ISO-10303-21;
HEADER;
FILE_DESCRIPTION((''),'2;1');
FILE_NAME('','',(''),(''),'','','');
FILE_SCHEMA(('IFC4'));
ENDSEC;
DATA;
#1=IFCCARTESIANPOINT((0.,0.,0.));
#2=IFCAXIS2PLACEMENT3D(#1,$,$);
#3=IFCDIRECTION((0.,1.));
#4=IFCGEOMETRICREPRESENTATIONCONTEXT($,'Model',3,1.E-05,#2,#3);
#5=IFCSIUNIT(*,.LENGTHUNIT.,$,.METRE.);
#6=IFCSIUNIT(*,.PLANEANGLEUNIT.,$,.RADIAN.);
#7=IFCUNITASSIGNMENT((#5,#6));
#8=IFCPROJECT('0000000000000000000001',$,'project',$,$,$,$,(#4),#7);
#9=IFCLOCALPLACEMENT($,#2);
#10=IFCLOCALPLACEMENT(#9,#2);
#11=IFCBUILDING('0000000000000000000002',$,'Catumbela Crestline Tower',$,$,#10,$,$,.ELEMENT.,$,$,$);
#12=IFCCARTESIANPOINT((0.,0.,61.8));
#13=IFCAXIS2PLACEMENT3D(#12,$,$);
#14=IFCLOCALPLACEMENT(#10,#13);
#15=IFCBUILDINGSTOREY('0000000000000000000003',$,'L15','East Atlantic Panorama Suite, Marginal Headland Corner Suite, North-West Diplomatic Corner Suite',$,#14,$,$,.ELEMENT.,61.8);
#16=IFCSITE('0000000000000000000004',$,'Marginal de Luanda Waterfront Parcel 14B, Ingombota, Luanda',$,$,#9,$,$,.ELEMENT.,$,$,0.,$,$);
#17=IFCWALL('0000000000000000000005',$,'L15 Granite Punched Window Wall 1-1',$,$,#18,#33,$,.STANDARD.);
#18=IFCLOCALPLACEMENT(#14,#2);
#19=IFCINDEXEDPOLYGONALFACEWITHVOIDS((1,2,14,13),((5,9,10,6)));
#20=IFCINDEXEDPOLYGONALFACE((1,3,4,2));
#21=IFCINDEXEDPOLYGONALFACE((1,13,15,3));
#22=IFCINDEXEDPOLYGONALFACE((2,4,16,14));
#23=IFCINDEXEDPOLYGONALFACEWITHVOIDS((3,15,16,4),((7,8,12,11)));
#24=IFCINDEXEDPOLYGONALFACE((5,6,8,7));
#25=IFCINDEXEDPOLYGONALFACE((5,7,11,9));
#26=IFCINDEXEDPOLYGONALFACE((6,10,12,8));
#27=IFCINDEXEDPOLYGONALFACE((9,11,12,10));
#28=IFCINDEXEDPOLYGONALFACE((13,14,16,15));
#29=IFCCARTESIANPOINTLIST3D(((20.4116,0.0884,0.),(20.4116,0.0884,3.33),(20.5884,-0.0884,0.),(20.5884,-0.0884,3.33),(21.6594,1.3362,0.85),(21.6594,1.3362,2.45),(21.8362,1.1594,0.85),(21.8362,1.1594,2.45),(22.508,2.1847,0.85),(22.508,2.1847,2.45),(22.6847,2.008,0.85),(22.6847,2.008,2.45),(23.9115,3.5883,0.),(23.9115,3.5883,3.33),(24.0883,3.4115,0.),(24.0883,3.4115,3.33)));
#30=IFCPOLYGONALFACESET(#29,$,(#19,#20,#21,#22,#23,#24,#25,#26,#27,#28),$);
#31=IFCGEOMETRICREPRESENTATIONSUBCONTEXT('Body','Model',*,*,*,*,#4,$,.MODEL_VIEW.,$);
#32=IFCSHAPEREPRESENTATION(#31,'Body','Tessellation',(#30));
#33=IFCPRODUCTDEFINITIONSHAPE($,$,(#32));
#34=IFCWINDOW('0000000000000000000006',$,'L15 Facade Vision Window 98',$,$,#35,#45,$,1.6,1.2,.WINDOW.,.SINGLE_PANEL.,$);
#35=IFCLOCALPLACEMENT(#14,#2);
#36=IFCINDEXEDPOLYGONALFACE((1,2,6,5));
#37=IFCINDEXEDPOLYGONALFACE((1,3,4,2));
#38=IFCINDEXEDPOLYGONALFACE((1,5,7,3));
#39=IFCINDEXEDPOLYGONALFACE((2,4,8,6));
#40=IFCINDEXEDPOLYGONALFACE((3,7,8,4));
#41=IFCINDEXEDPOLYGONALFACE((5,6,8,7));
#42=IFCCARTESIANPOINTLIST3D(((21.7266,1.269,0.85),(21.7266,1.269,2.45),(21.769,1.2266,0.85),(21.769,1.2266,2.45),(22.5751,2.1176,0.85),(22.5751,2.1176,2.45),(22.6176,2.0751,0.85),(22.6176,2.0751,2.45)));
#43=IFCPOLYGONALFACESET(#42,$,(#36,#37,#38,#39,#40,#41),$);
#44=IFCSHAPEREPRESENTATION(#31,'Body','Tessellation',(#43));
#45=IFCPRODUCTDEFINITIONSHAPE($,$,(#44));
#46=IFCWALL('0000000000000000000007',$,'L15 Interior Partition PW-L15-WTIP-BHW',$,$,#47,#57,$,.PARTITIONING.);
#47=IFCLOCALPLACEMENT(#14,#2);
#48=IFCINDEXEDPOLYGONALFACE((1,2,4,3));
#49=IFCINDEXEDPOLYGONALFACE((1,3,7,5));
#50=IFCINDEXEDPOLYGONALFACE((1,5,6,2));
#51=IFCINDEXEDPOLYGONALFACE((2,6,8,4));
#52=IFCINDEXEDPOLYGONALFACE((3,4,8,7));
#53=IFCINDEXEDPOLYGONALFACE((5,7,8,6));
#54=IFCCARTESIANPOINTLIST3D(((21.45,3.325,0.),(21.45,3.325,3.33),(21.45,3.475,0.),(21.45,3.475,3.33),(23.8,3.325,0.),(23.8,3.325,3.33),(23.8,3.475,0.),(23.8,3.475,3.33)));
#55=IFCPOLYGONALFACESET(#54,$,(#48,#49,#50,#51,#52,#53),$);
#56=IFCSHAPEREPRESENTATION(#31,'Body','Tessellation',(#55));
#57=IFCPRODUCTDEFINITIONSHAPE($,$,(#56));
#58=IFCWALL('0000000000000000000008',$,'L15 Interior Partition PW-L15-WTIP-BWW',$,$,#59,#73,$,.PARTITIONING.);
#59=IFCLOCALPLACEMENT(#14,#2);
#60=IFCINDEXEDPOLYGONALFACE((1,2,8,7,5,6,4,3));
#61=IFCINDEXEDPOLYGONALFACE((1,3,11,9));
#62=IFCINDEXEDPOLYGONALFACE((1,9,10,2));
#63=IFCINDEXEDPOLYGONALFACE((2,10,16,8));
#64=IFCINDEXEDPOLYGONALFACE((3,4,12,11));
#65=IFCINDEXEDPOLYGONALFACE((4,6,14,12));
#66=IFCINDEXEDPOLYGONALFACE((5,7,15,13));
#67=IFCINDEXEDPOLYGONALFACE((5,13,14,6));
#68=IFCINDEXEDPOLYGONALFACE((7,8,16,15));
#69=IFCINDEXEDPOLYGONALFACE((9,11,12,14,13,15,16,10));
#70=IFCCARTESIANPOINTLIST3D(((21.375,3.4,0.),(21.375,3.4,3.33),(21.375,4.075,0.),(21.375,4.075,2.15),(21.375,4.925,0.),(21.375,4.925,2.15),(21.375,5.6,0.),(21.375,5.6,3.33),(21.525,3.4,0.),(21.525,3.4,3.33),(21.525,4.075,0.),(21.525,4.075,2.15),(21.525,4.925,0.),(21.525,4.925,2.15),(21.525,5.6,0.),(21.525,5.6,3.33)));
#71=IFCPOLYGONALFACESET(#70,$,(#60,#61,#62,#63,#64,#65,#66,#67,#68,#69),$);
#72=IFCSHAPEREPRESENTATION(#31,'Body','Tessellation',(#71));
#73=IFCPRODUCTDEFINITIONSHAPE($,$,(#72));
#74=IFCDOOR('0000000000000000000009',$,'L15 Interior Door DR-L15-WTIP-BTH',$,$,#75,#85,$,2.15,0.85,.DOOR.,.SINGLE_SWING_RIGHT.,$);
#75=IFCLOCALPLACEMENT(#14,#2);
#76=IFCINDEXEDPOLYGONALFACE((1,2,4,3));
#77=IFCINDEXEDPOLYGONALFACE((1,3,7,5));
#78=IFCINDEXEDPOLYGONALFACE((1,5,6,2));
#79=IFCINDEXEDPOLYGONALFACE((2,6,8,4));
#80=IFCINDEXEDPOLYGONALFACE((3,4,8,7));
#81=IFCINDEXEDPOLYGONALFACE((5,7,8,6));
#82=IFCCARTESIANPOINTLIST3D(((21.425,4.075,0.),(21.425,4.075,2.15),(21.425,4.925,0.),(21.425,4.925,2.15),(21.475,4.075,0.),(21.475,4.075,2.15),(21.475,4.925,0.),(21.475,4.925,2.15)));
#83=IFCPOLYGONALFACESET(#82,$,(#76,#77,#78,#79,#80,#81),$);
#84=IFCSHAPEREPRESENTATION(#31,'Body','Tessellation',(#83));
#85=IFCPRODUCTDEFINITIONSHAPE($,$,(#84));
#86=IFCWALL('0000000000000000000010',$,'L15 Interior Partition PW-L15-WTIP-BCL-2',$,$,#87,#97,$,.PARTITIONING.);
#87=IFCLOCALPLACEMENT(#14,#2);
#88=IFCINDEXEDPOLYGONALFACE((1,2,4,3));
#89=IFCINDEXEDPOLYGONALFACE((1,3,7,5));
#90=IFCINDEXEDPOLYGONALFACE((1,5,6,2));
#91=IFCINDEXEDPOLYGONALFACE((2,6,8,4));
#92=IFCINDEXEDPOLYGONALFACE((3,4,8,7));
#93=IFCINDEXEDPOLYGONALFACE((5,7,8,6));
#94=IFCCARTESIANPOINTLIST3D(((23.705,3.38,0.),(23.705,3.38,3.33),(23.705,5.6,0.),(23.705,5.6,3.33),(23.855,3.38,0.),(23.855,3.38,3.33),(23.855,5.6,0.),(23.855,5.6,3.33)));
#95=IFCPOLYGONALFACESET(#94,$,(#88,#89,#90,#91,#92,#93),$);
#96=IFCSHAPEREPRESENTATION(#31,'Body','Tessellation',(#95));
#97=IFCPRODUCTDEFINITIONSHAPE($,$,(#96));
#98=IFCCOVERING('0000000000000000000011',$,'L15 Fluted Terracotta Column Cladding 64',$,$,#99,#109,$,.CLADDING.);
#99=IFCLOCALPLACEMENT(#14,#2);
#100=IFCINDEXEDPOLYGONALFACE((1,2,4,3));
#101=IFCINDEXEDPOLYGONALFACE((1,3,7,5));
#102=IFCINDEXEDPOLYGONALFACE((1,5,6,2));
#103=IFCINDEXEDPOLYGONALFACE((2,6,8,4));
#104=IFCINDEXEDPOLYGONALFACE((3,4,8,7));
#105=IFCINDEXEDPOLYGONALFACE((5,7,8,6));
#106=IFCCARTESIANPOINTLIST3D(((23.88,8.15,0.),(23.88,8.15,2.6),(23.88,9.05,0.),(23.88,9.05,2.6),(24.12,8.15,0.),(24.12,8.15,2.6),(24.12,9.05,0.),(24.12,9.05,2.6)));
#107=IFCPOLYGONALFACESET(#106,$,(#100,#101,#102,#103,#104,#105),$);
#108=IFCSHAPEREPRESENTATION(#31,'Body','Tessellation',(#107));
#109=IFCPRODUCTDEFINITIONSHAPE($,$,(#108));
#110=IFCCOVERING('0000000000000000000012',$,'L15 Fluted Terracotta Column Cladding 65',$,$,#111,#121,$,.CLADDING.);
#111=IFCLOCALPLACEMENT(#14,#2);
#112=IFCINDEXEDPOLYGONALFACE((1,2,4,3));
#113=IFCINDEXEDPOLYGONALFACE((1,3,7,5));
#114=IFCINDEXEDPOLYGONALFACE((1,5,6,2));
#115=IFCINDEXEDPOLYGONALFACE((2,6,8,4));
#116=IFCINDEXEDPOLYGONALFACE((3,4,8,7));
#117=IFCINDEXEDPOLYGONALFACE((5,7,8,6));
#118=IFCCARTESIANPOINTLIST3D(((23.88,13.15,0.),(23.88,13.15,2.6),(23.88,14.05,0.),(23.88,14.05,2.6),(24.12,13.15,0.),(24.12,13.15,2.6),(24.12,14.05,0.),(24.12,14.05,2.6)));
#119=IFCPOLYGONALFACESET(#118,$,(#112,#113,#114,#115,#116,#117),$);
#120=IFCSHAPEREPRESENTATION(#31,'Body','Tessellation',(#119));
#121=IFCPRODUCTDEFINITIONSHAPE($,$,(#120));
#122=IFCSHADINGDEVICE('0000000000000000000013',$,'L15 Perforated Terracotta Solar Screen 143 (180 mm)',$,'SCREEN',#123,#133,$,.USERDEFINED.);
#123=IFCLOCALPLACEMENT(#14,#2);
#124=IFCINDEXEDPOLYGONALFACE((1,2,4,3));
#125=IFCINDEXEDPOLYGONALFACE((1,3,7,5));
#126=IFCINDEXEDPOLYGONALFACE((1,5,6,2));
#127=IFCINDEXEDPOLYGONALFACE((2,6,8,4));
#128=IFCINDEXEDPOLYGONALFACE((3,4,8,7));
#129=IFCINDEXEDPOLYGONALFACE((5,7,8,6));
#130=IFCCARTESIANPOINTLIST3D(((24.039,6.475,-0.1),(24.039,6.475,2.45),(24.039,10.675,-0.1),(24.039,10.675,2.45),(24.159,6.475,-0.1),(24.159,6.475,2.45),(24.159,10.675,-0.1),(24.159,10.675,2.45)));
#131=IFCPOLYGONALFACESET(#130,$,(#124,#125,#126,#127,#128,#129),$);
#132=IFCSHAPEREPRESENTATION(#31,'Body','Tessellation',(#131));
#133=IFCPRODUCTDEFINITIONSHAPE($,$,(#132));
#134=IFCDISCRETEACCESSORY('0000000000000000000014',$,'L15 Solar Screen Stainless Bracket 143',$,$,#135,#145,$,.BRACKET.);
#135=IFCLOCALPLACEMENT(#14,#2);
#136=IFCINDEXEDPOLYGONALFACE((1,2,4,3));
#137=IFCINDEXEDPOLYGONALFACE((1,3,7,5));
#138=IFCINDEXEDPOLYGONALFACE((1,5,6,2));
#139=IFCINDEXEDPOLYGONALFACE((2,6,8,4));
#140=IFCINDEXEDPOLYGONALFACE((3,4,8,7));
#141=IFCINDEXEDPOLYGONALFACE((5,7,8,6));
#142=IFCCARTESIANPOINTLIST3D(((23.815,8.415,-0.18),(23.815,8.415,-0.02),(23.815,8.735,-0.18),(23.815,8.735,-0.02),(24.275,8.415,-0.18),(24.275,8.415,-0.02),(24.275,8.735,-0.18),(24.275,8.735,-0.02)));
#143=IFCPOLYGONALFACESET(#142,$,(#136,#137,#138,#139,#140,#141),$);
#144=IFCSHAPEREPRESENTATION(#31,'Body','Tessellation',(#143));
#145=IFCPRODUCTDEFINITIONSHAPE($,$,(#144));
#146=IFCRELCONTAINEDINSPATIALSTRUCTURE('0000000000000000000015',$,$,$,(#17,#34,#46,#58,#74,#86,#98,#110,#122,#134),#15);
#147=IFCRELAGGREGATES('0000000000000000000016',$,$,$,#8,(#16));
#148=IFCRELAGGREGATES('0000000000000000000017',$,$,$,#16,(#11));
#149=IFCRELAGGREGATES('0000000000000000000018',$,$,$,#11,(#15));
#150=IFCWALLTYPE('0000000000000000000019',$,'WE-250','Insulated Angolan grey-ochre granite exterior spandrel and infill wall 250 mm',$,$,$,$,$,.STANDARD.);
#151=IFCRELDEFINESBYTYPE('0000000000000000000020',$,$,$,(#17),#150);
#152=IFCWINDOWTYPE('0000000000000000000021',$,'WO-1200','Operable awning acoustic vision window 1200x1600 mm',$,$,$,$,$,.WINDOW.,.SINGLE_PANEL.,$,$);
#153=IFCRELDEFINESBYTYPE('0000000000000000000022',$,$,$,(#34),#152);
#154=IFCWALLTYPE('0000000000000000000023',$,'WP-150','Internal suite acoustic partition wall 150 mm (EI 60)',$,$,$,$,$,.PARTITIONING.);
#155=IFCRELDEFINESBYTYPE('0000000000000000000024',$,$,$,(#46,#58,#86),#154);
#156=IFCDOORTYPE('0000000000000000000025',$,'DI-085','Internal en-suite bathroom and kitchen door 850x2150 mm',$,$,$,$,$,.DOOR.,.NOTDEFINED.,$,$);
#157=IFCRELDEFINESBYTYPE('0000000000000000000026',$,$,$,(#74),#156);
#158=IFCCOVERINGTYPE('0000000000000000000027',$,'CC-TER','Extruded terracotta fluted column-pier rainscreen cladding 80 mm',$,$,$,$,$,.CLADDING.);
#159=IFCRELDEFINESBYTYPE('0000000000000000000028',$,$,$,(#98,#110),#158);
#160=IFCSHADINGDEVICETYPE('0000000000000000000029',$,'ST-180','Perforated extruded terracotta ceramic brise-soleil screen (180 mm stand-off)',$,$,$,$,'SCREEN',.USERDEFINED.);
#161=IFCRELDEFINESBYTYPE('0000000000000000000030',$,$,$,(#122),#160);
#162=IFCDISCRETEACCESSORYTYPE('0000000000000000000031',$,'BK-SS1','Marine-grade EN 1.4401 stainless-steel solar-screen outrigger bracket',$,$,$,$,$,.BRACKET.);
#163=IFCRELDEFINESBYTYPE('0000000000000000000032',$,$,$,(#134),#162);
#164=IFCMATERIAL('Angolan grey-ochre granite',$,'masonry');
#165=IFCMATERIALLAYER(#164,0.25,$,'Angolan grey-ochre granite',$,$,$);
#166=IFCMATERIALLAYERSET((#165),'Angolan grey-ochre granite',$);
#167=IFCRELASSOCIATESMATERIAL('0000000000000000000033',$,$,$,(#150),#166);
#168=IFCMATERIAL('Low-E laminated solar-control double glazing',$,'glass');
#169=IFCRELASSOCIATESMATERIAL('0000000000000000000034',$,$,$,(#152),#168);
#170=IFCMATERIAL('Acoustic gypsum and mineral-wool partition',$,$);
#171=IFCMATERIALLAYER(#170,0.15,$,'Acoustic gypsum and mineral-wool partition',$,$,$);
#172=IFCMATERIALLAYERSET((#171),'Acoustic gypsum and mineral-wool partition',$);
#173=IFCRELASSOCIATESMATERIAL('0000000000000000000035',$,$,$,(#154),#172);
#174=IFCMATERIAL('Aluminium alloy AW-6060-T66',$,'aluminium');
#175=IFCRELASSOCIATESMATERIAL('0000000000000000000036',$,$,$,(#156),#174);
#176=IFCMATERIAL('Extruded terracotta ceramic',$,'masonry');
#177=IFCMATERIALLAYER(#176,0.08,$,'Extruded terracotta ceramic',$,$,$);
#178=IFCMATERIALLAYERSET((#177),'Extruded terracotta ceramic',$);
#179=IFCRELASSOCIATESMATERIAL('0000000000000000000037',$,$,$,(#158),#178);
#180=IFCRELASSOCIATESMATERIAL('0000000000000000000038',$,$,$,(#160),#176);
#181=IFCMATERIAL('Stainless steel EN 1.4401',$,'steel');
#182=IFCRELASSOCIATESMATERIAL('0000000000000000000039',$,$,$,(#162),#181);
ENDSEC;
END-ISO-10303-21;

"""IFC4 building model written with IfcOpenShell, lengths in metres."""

from ifc_helpers import new_model, si_unit, direction, frame, frame_2d, origin, origin_2d, place, context, subcontext, project, spatial, rectangle, extrude, material, layer, layer_set, type_object, element, fill, save


model = new_model("IFC4")

# Units and contexts
model_context = context("Model", 3, precision=1e-05, world=origin(), true_north=direction((0.0, 1.0)))
body_context = subcontext(model_context, "Body", "Model", "MODEL_VIEW")
ifc_project = project(units=[si_unit("LENGTHUNIT", "METRE"), si_unit("PLANEANGLEUNIT", "RADIAN")], contexts=[model_context])

# Site, building, storey
site_placement = place(None, origin())
site = spatial("IfcSite", under=ifc_project, at=site_placement, Name="Marginal de Luanda Waterfront Parcel 14B, Ingombota, Luanda", CompositionType="ELEMENT", RefElevation=0.0)
building_placement = place(site_placement, origin())
building = spatial("IfcBuilding", under=site, at=building_placement, Name="Catumbela Crestline Tower", CompositionType="ELEMENT")
storey_placement = place(building_placement, frame((0.0, 0.0, 61.8)))
storey = spatial("IfcBuildingStorey", under=building, at=storey_placement, Name="L15", Description="East Atlantic Panorama Suite, Marginal Headland Corner Suite, North-West Diplomatic Corner Suite", CompositionType="ELEMENT", Elevation=61.8)

# Shared definitions
ifc_material_1 = material(Name="Aluminium alloy AW-6060-T66", Category="aluminium")

# Shared definitions
ifc_material_2 = material(Name="Low-E laminated solar-control double glazing", Category="glass")

# Wall, opening, window
ifc_material_3 = material(Name="Angolan grey-ochre granite", Category="masonry")
ifc_layer_1 = layer(ifc_material_3, 0.25, Name="Angolan grey-ochre granite")
ifc_layer_set_1 = layer_set([ifc_layer_1], Name="Angolan grey-ochre granite")
wall_type_1 = type_object("IfcWallType", Name="WE-250", Description="Insulated Angolan grey-ochre granite exterior spandrel and infill wall 250 mm", PredefinedType="STANDARD", material=ifc_layer_set_1)
wall_1_placement = place(storey_placement, frame((20.5, 0.0, 0.0), z_axis=(0.0, 0.0, 1.0), x_axis=(0.707107, 0.707107, 0.0)))
wall_1 = element("IfcWall", 1, at=wall_1_placement, inside=storey, type_object=wall_type_1, Name="L15 Granite Punched Window Wall 1-1", PredefinedType="STANDARD", context=body_context, shape_type="SweptSolid", body=[
    extrude(rectangle(XDim=4.9497, YDim=0.25, at=frame_2d((2.4748, 0.0))), origin(), (0.0, 0.0, 1.0), 3.33),
])
opening_1_placement = place(wall_1_placement, frame((1.7647, 0.0, 0.85)))
opening_1 = element("IfcOpeningElement", 2, at=opening_1_placement, cuts=wall_1, PredefinedType="OPENING", context=body_context, shape_type="SweptSolid", body=[
    extrude(rectangle(XDim=1.2, YDim=1.6, at=frame_2d((0.6, 0.8))), frame((0.0, 0.135, 0.0), z_axis=(0.0, -1.0, 0.0), x_axis=(1.0, 0.0, 0.0)), (0.0, 0.0, 1.0), 0.27),
])
window_type = type_object("IfcWindowType", Name="WO-1200", Description="Operable awning acoustic vision window 1200x1600 mm", PartitioningType="SINGLE_PANEL", PredefinedType="WINDOW", material=ifc_material_2)
window_placement = place(opening_1_placement, origin())
window = element("IfcWindow", 3, at=window_placement, inside=storey, type_object=window_type, Name="L15 Facade Vision Window 98", OverallHeight=1.6, OverallWidth=1.2, PartitioningType="SINGLE_PANEL", PredefinedType="WINDOW", context=body_context, shape_type="SweptSolid", body=[
    extrude(rectangle(XDim=1.2, YDim=1.6, at=frame_2d((0.6, 0.8))), frame((0.0, 0.03, 0.0), z_axis=(0.0, -1.0, 0.0), x_axis=(1.0, 0.0, 0.0)), (0.0, 0.0, 1.0), 0.06),
])
fill(opening_1, window)

# Wall
ifc_material_4 = material(Name="Acoustic gypsum and mineral-wool partition")
ifc_layer_2 = layer(ifc_material_4, 0.15, Name="Acoustic gypsum and mineral-wool partition")
ifc_layer_set_2 = layer_set([ifc_layer_2], Name="Acoustic gypsum and mineral-wool partition")
wall_type_2 = type_object("IfcWallType", Name="WP-150", Description="Internal suite acoustic partition wall 150 mm (EI 60)", PredefinedType="PARTITIONING", material=ifc_layer_set_2)
wall_2_placement = place(storey_placement, frame((21.45, 3.4, 0.0), z_axis=(0.0, 0.0, 1.0), x_axis=(1.0, 0.0, 0.0)))
element("IfcWall", 4, at=wall_2_placement, inside=storey, type_object=wall_type_2, Name="L15 Interior Partition PW-L15-WTIP-BHW", PredefinedType="PARTITIONING", context=body_context, shape_type="SweptSolid", body=[
    extrude(rectangle(XDim=2.35, YDim=0.15, at=frame_2d((1.175, 0.0))), origin(), (0.0, 0.0, 1.0), 3.33),
])

# Wall, opening, door
wall_3_placement = place(storey_placement, frame((21.45, 3.4, 0.0), z_axis=(0.0, 0.0, 1.0), x_axis=(0.0, 1.0, 0.0)))
wall_3 = element("IfcWall", 5, at=wall_3_placement, inside=storey, type_object=wall_type_2, Name="L15 Interior Partition PW-L15-WTIP-BWW", PredefinedType="PARTITIONING", context=body_context, shape_type="SweptSolid", body=[
    extrude(rectangle(XDim=2.2, YDim=0.15, at=frame_2d((1.1, 0.0))), origin(), (0.0, 0.0, 1.0), 3.33),
])
opening_2_placement = place(wall_3_placement, frame((0.675, 0.0, 0.0)))
opening_2 = element("IfcOpeningElement", 6, at=opening_2_placement, cuts=wall_3, PredefinedType="OPENING", context=body_context, shape_type="SweptSolid", body=[
    extrude(rectangle(XDim=0.85, YDim=2.15, at=frame_2d((0.425, 1.075))), frame((0.0, 0.085, 0.0), z_axis=(0.0, -1.0, 0.0), x_axis=(1.0, 0.0, 0.0)), (0.0, 0.0, 1.0), 0.17),
])
door_type = type_object("IfcDoorType", Name="DI-085", Description="Internal en-suite bathroom and kitchen door 850x2150 mm", OperationType="NOTDEFINED", PredefinedType="DOOR", material=ifc_material_1)
door_placement = place(opening_2_placement, origin())
door = element("IfcDoor", 7, at=door_placement, inside=storey, type_object=door_type, Name="L15 Interior Door DR-L15-WTIP-BTH", OperationType="SINGLE_SWING_RIGHT", OverallHeight=2.15, OverallWidth=0.85, PredefinedType="DOOR", context=body_context, shape_type="SweptSolid", body=[
    extrude(rectangle(XDim=0.85, YDim=2.15, at=frame_2d((0.425, 1.075))), frame((0.0, 0.025, 0.0), z_axis=(0.0, -1.0, 0.0), x_axis=(1.0, 0.0, 0.0)), (0.0, 0.0, 1.0), 0.05),
])
fill(opening_2, door)

# Wall
wall_4_placement = place(storey_placement, frame((23.78, 5.6, 0.0), z_axis=(0.0, 0.0, 1.0), x_axis=(0.0, -1.0, 0.0)))
element("IfcWall", 8, at=wall_4_placement, inside=storey, type_object=wall_type_2, Name="L15 Interior Partition PW-L15-WTIP-BCL-2", PredefinedType="PARTITIONING", context=body_context, shape_type="SweptSolid", body=[
    extrude(rectangle(XDim=2.22, YDim=0.15, at=frame_2d((1.11, 0.0))), origin(), (0.0, 0.0, 1.0), 3.33),
])

# Coverings
ifc_material_5 = material(Name="Extruded terracotta ceramic", Category="masonry")
ifc_layer_3 = layer(ifc_material_5, 0.08, Name="Extruded terracotta ceramic")
ifc_layer_set_3 = layer_set([ifc_layer_3], Name="Extruded terracotta ceramic")
covering_type = type_object("IfcCoveringType", Name="CC-TER", Description="Extruded terracotta fluted column-pier rainscreen cladding 80 mm", PredefinedType="CLADDING", material=ifc_layer_set_3)
for number, where, z_axis, x_axis, name in (
    (9, (24.0, 8.6, 0.0), (0.0, 0.0, 1.0), (0.0, 1.0, 0.0), "L15 Fluted Terracotta Column Cladding 64"),
    (10, (24.0, 13.6, 0.0), (0.0, 0.0, 1.0), (0.0, 1.0, 0.0), "L15 Fluted Terracotta Column Cladding 65"),
):
    element("IfcCovering", number, at=place(storey_placement, frame(where, z_axis=z_axis, x_axis=x_axis)), inside=storey, type_object=covering_type, Name=name, PredefinedType="CLADDING", context=body_context, shape_type="SweptSolid", body=[
        extrude(rectangle(XDim=0.9, YDim=0.24, at=origin_2d()), origin(), (0.0, 0.0, 1.0), 2.6),
    ])

# Shading device
shading_device_type = type_object("IfcShadingDeviceType", Name="ST-180", Description="Perforated extruded terracotta ceramic brise-soleil screen (180 mm stand-off)", ElementType="SCREEN", PredefinedType="USERDEFINED", material=ifc_material_5)
shading_device_placement = place(storey_placement, frame((24.099, 8.575, -0.1), z_axis=(0.0, 0.0, 1.0), x_axis=(0.0, 1.0, 0.0)))
element("IfcShadingDevice", 11, at=shading_device_placement, inside=storey, type_object=shading_device_type, Name="L15 Perforated Terracotta Solar Screen 143 (180 mm)", ObjectType="SCREEN", PredefinedType="USERDEFINED", context=body_context, shape_type="SweptSolid", body=[
    extrude(rectangle(XDim=4.2, YDim=0.12, at=origin_2d()), origin(), (0.0, 0.0, 1.0), 2.55),
])

# Discrete accessory
ifc_material_6 = material(Name="Stainless steel EN 1.4401", Category="steel")
discrete_accessory_type = type_object("IfcDiscreteAccessoryType", Name="BK-SS1", Description="Marine-grade EN 1.4401 stainless-steel solar-screen outrigger bracket", PredefinedType="BRACKET", material=ifc_material_6)
discrete_accessory_placement = place(storey_placement, frame((24.045, 8.575, -0.18), z_axis=(0.0, 0.0, 1.0), x_axis=(0.0, 1.0, 0.0)))
element("IfcDiscreteAccessory", 12, at=discrete_accessory_placement, inside=storey, type_object=discrete_accessory_type, Name="L15 Solar Screen Stainless Bracket 143", PredefinedType="BRACKET", context=body_context, shape_type="SweptSolid", body=[
    extrude(rectangle(XDim=0.32, YDim=0.46, at=origin_2d()), origin(), (0.0, 0.0, 1.0), 0.16),
])

save(model, "model.ifc")
